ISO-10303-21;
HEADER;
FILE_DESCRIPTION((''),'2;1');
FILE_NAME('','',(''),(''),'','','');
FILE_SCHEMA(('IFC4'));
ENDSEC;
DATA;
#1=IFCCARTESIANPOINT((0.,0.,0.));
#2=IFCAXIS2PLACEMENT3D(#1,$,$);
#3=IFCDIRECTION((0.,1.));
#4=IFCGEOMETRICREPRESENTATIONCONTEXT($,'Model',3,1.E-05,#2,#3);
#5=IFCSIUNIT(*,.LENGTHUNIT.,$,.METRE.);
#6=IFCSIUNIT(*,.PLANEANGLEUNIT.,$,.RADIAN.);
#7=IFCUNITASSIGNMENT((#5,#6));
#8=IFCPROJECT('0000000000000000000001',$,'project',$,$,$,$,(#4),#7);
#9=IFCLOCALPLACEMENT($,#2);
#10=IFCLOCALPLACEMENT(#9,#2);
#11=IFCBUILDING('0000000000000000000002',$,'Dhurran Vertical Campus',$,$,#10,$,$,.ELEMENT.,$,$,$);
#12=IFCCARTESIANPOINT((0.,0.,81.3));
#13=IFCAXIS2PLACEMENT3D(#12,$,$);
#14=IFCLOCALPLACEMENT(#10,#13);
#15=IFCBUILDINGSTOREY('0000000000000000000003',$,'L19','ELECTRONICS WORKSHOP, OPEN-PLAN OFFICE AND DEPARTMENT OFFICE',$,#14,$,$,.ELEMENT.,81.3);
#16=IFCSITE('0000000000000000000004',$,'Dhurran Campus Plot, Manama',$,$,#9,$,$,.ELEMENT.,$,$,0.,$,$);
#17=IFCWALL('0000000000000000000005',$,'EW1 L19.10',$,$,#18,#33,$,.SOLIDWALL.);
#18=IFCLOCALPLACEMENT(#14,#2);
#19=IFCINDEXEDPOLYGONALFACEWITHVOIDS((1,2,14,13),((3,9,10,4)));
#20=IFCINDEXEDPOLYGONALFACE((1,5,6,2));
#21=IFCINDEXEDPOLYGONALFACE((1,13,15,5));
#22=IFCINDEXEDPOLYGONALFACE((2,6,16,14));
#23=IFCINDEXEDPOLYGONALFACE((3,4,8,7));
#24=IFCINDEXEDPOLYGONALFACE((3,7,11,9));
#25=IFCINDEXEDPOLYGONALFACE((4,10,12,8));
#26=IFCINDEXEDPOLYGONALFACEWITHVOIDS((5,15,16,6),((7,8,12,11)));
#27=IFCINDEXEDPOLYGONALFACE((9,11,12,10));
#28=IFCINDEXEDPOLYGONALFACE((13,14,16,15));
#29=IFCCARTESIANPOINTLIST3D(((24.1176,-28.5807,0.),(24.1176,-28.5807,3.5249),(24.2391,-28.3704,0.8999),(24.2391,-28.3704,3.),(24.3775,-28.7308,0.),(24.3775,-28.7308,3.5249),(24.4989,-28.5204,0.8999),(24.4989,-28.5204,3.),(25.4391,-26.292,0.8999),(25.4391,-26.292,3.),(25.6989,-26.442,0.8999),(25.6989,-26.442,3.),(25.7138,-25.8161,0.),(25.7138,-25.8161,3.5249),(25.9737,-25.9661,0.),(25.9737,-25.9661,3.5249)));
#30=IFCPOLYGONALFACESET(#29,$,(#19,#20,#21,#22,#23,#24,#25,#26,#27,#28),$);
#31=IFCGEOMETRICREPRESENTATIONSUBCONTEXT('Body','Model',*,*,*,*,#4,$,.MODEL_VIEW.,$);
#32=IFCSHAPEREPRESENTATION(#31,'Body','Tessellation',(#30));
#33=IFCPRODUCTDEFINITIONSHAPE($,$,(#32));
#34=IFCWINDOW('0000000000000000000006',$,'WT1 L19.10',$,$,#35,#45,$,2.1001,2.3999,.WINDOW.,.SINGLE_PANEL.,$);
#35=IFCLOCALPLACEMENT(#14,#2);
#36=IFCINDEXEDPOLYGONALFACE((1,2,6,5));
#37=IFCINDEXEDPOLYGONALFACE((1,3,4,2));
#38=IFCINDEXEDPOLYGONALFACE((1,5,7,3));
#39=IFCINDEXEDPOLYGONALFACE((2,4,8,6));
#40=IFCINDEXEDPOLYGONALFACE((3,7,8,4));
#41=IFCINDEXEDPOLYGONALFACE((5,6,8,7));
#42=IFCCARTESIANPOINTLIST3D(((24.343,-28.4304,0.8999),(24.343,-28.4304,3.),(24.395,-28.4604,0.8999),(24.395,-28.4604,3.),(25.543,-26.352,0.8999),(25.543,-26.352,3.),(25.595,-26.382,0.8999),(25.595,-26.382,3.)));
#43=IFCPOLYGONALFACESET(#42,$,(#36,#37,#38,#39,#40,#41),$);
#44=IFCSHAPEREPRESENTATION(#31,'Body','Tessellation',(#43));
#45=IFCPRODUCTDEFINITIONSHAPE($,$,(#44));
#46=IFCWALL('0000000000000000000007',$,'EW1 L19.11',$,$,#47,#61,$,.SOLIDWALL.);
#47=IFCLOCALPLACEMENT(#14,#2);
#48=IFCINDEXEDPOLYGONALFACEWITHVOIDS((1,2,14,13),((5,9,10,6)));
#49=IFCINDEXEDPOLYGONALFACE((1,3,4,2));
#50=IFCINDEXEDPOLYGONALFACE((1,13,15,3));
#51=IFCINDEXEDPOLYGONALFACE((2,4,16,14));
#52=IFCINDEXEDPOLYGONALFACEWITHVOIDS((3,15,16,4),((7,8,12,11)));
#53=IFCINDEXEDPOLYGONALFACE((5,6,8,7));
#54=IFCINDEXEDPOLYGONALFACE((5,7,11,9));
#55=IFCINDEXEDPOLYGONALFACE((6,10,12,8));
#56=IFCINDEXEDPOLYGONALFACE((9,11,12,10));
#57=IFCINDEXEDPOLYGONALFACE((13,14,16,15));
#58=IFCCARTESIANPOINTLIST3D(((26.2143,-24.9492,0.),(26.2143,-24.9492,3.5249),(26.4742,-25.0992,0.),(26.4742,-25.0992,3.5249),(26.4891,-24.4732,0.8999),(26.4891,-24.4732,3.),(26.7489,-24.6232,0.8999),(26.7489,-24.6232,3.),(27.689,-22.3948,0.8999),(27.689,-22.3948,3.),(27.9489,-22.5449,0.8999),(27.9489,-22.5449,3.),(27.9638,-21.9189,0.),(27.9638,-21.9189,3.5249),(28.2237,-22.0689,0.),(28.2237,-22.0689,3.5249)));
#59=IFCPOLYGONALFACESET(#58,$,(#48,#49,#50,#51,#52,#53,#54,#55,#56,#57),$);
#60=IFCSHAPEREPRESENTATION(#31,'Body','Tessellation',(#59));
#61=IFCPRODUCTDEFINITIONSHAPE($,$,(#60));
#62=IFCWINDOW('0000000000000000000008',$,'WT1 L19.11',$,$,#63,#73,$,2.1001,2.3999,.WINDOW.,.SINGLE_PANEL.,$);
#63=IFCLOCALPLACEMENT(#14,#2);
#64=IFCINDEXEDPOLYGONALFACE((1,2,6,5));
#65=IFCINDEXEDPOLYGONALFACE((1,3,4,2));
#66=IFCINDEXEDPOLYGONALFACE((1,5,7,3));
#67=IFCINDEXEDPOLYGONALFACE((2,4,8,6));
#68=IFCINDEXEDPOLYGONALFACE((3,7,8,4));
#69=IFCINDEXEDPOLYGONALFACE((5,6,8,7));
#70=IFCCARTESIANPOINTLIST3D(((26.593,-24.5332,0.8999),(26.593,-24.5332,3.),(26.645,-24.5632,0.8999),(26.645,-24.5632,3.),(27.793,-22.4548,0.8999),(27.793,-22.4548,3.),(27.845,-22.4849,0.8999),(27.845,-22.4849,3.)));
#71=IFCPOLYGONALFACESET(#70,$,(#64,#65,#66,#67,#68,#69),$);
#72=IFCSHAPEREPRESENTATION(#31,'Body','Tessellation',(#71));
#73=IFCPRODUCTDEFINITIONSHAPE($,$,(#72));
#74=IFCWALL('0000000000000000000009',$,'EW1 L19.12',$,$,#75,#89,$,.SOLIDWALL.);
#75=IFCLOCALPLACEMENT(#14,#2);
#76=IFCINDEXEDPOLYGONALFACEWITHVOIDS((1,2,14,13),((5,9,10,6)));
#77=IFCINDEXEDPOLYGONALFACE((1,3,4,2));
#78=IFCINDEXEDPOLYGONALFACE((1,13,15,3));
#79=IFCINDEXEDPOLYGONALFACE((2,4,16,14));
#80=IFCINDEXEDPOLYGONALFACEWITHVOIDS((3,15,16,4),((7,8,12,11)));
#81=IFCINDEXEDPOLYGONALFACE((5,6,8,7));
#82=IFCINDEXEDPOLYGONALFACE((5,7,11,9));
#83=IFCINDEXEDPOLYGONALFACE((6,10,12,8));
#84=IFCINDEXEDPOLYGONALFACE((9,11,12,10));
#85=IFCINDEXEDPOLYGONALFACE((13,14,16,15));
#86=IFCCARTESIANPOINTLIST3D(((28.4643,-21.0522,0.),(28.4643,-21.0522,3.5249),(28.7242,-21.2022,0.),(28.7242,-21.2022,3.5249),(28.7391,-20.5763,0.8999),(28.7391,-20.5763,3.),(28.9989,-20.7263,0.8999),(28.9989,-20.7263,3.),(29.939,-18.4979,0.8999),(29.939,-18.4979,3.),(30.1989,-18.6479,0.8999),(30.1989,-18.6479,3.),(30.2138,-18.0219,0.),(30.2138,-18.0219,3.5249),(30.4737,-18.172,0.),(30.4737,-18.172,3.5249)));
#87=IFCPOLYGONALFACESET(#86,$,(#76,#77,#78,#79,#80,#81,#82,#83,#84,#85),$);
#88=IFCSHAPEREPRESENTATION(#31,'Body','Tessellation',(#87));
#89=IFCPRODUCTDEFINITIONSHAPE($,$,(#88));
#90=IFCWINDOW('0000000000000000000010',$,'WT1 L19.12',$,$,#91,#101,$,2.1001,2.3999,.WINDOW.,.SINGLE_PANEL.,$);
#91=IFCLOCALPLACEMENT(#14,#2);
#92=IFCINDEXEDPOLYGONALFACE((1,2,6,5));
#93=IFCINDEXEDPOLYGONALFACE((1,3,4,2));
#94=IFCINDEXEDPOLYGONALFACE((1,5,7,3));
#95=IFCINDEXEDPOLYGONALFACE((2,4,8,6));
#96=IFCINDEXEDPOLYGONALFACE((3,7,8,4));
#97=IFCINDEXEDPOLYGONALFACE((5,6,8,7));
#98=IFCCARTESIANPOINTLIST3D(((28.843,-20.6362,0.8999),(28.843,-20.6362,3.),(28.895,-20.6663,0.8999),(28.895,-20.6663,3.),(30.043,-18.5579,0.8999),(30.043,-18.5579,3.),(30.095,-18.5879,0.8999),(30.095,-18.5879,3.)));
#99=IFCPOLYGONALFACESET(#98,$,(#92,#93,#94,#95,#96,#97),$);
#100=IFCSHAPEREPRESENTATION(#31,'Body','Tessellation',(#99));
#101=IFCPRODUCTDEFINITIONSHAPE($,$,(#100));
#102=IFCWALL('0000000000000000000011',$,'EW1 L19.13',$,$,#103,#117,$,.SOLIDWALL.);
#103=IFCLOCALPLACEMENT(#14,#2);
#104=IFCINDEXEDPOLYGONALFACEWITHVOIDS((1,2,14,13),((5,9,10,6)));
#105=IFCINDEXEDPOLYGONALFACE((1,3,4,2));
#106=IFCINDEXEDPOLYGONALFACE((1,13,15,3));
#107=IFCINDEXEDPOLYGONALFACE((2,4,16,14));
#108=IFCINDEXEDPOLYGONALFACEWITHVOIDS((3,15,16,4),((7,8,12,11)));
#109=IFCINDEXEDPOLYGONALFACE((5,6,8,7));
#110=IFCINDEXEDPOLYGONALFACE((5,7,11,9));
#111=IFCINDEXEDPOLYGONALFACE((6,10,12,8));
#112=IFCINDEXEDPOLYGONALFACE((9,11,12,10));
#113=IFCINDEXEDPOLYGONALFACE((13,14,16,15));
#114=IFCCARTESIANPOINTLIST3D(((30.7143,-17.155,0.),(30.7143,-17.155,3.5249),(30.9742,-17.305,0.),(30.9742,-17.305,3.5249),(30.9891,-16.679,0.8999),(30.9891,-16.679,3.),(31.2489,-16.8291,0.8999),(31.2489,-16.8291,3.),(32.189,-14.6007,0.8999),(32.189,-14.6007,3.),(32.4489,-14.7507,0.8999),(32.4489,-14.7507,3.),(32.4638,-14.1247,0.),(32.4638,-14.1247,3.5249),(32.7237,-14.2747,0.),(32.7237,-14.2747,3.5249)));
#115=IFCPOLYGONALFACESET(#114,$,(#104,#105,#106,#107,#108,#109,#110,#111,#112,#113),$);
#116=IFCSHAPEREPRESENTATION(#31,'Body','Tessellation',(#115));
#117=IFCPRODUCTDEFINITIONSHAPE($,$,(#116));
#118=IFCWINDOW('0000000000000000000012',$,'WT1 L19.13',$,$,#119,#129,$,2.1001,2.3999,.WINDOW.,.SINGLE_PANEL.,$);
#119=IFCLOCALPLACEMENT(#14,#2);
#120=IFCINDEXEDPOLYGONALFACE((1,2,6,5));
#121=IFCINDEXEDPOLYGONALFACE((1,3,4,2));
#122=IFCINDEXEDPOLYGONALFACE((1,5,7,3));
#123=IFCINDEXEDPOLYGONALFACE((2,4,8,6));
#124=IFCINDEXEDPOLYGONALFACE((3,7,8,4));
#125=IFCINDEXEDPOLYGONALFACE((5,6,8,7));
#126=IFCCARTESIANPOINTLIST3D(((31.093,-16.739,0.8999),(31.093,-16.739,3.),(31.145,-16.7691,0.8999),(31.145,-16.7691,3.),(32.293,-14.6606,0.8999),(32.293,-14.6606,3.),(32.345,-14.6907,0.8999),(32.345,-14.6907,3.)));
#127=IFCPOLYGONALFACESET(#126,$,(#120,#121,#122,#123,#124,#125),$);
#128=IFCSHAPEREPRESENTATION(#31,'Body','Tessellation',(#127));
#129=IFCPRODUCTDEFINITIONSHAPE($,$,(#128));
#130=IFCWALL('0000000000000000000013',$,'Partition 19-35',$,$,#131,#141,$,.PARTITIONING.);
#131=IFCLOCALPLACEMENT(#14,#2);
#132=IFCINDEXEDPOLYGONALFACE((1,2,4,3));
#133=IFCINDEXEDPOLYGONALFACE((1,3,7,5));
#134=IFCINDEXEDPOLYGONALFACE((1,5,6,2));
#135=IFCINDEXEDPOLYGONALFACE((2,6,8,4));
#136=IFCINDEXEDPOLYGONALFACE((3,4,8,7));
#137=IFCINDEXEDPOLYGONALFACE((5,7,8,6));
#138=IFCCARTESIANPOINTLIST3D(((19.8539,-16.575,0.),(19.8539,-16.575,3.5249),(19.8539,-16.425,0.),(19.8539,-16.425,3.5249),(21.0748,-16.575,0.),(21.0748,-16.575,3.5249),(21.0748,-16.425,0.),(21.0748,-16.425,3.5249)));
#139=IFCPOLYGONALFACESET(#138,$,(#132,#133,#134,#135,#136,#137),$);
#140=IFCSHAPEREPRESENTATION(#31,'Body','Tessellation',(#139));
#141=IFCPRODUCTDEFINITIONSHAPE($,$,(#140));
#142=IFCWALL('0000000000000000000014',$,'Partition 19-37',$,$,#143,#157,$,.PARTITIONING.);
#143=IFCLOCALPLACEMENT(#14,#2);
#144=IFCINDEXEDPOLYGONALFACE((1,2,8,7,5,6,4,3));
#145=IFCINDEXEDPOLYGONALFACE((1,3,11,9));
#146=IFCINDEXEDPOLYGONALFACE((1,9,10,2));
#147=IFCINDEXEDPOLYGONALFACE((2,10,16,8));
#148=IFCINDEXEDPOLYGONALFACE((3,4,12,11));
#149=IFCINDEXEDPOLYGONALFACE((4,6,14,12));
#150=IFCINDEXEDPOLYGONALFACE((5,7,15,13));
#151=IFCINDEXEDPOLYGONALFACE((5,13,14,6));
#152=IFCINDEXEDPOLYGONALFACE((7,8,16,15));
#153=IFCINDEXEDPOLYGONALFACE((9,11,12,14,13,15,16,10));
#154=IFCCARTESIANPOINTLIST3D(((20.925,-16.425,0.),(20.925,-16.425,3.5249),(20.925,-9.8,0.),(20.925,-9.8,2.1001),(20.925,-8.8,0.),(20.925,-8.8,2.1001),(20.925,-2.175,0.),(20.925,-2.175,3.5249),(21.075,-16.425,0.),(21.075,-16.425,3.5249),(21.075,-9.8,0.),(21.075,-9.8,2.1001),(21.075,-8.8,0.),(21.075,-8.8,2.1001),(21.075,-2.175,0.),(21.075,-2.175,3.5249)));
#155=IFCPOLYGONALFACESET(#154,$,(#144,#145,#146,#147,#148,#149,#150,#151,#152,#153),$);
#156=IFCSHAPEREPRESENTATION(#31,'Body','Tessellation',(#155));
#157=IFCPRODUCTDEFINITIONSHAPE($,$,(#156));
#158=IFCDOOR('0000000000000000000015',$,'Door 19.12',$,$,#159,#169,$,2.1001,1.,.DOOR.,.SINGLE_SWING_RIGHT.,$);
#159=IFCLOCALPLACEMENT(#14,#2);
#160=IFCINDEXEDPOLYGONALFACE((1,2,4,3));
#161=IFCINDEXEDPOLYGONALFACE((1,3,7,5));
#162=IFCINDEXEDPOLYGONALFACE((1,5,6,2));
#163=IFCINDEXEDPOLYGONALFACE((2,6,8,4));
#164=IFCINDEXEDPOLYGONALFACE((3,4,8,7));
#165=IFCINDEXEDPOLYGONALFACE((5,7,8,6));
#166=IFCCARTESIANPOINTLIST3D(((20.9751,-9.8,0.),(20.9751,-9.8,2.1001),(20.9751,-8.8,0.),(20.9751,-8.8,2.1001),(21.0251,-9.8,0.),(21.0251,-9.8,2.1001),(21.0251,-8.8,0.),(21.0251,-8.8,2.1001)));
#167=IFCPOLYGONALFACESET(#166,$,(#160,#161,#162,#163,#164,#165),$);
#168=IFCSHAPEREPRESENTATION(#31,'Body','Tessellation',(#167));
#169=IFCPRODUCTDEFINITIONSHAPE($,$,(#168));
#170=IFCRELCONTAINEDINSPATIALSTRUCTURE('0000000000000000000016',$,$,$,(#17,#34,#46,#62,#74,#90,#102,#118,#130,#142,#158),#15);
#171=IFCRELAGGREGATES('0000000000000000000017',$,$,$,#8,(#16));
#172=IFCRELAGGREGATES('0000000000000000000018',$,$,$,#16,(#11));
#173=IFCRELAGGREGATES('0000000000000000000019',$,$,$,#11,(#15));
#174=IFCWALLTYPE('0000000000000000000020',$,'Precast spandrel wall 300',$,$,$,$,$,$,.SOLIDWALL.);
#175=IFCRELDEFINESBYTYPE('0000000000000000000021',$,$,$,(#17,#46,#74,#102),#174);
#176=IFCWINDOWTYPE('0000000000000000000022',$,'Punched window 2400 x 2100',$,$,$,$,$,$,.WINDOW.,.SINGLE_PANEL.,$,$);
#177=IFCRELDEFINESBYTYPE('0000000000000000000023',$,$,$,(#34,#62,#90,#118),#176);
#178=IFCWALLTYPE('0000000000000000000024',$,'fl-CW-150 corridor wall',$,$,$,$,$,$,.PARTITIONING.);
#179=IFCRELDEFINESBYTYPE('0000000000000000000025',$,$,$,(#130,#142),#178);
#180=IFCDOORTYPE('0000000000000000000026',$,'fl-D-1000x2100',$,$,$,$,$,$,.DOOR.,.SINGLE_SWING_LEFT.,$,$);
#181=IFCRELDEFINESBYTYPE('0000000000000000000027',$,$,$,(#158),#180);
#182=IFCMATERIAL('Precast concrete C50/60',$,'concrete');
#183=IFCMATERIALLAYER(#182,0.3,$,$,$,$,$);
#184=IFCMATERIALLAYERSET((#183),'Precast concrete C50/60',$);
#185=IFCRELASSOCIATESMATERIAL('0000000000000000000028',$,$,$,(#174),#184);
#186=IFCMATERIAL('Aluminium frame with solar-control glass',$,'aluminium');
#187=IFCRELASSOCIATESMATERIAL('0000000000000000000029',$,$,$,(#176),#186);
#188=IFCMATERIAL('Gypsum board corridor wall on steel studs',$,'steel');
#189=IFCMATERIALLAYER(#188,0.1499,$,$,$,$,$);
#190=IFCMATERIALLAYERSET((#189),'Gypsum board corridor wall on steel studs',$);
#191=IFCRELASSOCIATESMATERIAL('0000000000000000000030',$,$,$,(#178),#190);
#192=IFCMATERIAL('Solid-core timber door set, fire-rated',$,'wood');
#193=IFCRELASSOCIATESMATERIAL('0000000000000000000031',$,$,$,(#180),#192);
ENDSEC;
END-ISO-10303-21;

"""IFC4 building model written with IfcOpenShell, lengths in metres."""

from ifc_helpers import new_model, si_unit, direction, frame, frame_2d, origin, place, context, subcontext, project, spatial, rectangle, extrude, material, layer, layer_set, type_object, element, fill, save


model = new_model("IFC4")

# Units and contexts
model_context = context("Model", 3, precision=1e-05, world=origin(), true_north=direction((0.0, 1.0)))
body_context = subcontext(model_context, "Body", "Model", "MODEL_VIEW")
ifc_project = project(units=[si_unit("LENGTHUNIT", "METRE"), si_unit("PLANEANGLEUNIT", "RADIAN")], contexts=[model_context])

# Site, building, storey
site_placement = place(None, origin())
site = spatial("IfcSite", under=ifc_project, at=site_placement, Name="Dhurran Campus Plot, Manama", CompositionType="ELEMENT", RefElevation=0.0)
building_placement = place(site_placement, origin())
building = spatial("IfcBuilding", under=site, at=building_placement, Name="Dhurran Vertical Campus", CompositionType="ELEMENT")
storey_placement = place(building_placement, frame((0.0, 0.0, 81.3)))
storey = spatial("IfcBuildingStorey", under=building, at=storey_placement, Name="L19", Description="ELECTRONICS WORKSHOP, OPEN-PLAN OFFICE AND DEPARTMENT OFFICE", CompositionType="ELEMENT", Elevation=81.3)

# Walls, openings, windows
ifc_material_1 = material(Name="Precast concrete C50/60", Category="concrete")
ifc_layer_1 = layer(ifc_material_1, 0.3)
ifc_layer_set_1 = layer_set([ifc_layer_1], Name="Precast concrete C50/60")
wall_type_1 = type_object("IfcWallType", Name="Precast spandrel wall 300", PredefinedType="SOLIDWALL", material=ifc_layer_set_1)
ifc_material_2 = material(Name="Aluminium frame with solar-control glass", Category="aluminium")
window_type = type_object("IfcWindowType", Name="Punched window 2400 x 2100", PartitioningType="SINGLE_PANEL", PredefinedType="WINDOW", material=ifc_material_2)
wall_1_placement = place(storey_placement, frame((24.2476, -28.6558, 0.0), z_axis=(0.0, 0.0, 1.0), x_axis=(0.500005, 0.866023, 0.0)))
wall_1 = element("IfcWall", 1, at=wall_1_placement, inside=storey, type_object=wall_type_1, Name="EW1 L19.10", PredefinedType="SOLIDWALL", context=body_context, shape_type="SweptSolid", body=[
    extrude(rectangle(XDim=3.1924, YDim=0.3, at=frame_2d((1.5962, 0.0))), origin(), (0.0, 0.0, 1.0), 3.5249),
])
opening_1_placement = place(wall_1_placement, frame((0.2429, 0.0, 0.8999)))
opening_1 = element("IfcOpeningElement", 2, at=opening_1_placement, cuts=wall_1, PredefinedType="OPENING", context=body_context, shape_type="SweptSolid", body=[
    extrude(rectangle(XDim=2.3999, YDim=2.1001, at=frame_2d((1.2, 1.05))), frame((0.0, 0.1599, 0.0), z_axis=(0.0, -1.0, 0.0), x_axis=(1.0, 0.0, 0.0)), (0.0, 0.0, 1.0), 0.3201),
])
window_1_placement = place(opening_1_placement, origin())
window_1 = element("IfcWindow", 3, at=window_1_placement, inside=storey, type_object=window_type, Name="WT1 L19.10", OverallHeight=2.1001, OverallWidth=2.3999, PartitioningType="SINGLE_PANEL", PredefinedType="WINDOW", context=body_context, shape_type="SweptSolid", body=[
    extrude(rectangle(XDim=2.3999, YDim=2.1001, at=frame_2d((1.2, 1.05))), frame((0.0, 0.03, 0.0), z_axis=(0.0, -1.0, 0.0), x_axis=(1.0, 0.0, 0.0)), (0.0, 0.0, 1.0), 0.0601),
])
fill(opening_1, window_1)
wall_2_placement = place(storey_placement, frame((26.3442, -25.0242, 0.0), z_axis=(0.0, 0.0, 1.0), x_axis=(0.499996, 0.866028, 0.0)))
wall_2 = element("IfcWall", 4, at=wall_2_placement, inside=storey, type_object=wall_type_1, Name="EW1 L19.11", PredefinedType="SOLIDWALL", context=body_context, shape_type="SweptSolid", body=[
    extrude(rectangle(XDim=3.499, YDim=0.3, at=frame_2d((1.7495, 0.0))), origin(), (0.0, 0.0, 1.0), 3.5249),
])
opening_2_placement = place(wall_2_placement, frame((0.5496, 0.0, 0.8999)))
opening_2 = element("IfcOpeningElement", 5, at=opening_2_placement, cuts=wall_2, PredefinedType="OPENING", context=body_context, shape_type="SweptSolid", body=[
    extrude(rectangle(XDim=2.3999, YDim=2.1001, at=frame_2d((1.2, 1.05))), frame((0.0, 0.1599, 0.0), z_axis=(0.0, -1.0, 0.0), x_axis=(1.0, 0.0, 0.0)), (0.0, 0.0, 1.0), 0.3201),
])
window_2_placement = place(opening_2_placement, origin())
window_2 = element("IfcWindow", 6, at=window_2_placement, inside=storey, type_object=window_type, Name="WT1 L19.11", OverallHeight=2.1001, OverallWidth=2.3999, PartitioningType="SINGLE_PANEL", PredefinedType="WINDOW", context=body_context, shape_type="SweptSolid", body=[
    extrude(rectangle(XDim=2.3999, YDim=2.1001, at=frame_2d((1.2, 1.05))), frame((0.0, 0.03, 0.0), z_axis=(0.0, -1.0, 0.0), x_axis=(1.0, 0.0, 0.0)), (0.0, 0.0, 1.0), 0.0601),
])
fill(opening_2, window_2)
wall_3_placement = place(storey_placement, frame((28.5942, -21.1272, 0.0), z_axis=(0.0, 0.0, 1.0), x_axis=(0.499996, 0.866028, 0.0)))
wall_3 = element("IfcWall", 7, at=wall_3_placement, inside=storey, type_object=wall_type_1, Name="EW1 L19.12", PredefinedType="SOLIDWALL", context=body_context, shape_type="SweptSolid", body=[
    extrude(rectangle(XDim=3.499, YDim=0.3, at=frame_2d((1.7495, 0.0))), origin(), (0.0, 0.0, 1.0), 3.5249),
])
opening_3_placement = place(wall_3_placement, frame((0.5496, 0.0, 0.8999)))
opening_3 = element("IfcOpeningElement", 8, at=opening_3_placement, cuts=wall_3, PredefinedType="OPENING", context=body_context, shape_type="SweptSolid", body=[
    extrude(rectangle(XDim=2.3999, YDim=2.1001, at=frame_2d((1.2, 1.05))), frame((0.0, 0.1599, 0.0), z_axis=(0.0, -1.0, 0.0), x_axis=(1.0, 0.0, 0.0)), (0.0, 0.0, 1.0), 0.3201),
])
window_3_placement = place(opening_3_placement, origin())
window_3 = element("IfcWindow", 9, at=window_3_placement, inside=storey, type_object=window_type, Name="WT1 L19.12", OverallHeight=2.1001, OverallWidth=2.3999, PartitioningType="SINGLE_PANEL", PredefinedType="WINDOW", context=body_context, shape_type="SweptSolid", body=[
    extrude(rectangle(XDim=2.3999, YDim=2.1001, at=frame_2d((1.2, 1.05))), frame((0.0, 0.03, 0.0), z_axis=(0.0, -1.0, 0.0), x_axis=(1.0, 0.0, 0.0)), (0.0, 0.0, 1.0), 0.0601),
])
fill(opening_3, window_3)
wall_4_placement = place(storey_placement, frame((30.8442, -17.23, 0.0), z_axis=(0.0, 0.0, 1.0), x_axis=(0.499996, 0.866028, 0.0)))
wall_4 = element("IfcWall", 10, at=wall_4_placement, inside=storey, type_object=wall_type_1, Name="EW1 L19.13", PredefinedType="SOLIDWALL", context=body_context, shape_type="SweptSolid", body=[
    extrude(rectangle(XDim=3.499, YDim=0.3, at=frame_2d((1.7495, 0.0))), origin(), (0.0, 0.0, 1.0), 3.5249),
])
opening_4_placement = place(wall_4_placement, frame((0.5496, 0.0, 0.8999)))
opening_4 = element("IfcOpeningElement", 11, at=opening_4_placement, cuts=wall_4, PredefinedType="OPENING", context=body_context, shape_type="SweptSolid", body=[
    extrude(rectangle(XDim=2.3999, YDim=2.1001, at=frame_2d((1.2, 1.05))), frame((0.0, 0.1599, 0.0), z_axis=(0.0, -1.0, 0.0), x_axis=(1.0, 0.0, 0.0)), (0.0, 0.0, 1.0), 0.3201),
])
window_4_placement = place(opening_4_placement, origin())
window_4 = element("IfcWindow", 12, at=window_4_placement, inside=storey, type_object=window_type, Name="WT1 L19.13", OverallHeight=2.1001, OverallWidth=2.3999, PartitioningType="SINGLE_PANEL", PredefinedType="WINDOW", context=body_context, shape_type="SweptSolid", body=[
    extrude(rectangle(XDim=2.3999, YDim=2.1001, at=frame_2d((1.2, 1.05))), frame((0.0, 0.03, 0.0), z_axis=(0.0, -1.0, 0.0), x_axis=(1.0, 0.0, 0.0)), (0.0, 0.0, 1.0), 0.0601),
])
fill(opening_4, window_4)

# Wall
ifc_material_3 = material(Name="Gypsum board corridor wall on steel studs", Category="steel")
ifc_layer_2 = layer(ifc_material_3, 0.1499)
ifc_layer_set_2 = layer_set([ifc_layer_2], Name="Gypsum board corridor wall on steel studs")
wall_type_2 = type_object("IfcWallType", Name="fl-CW-150 corridor wall", PredefinedType="PARTITIONING", material=ifc_layer_set_2)
wall_5_placement = place(storey_placement, frame((19.854, -16.5, 0.0), z_axis=(0.0, 0.0, 1.0), x_axis=(1.0, 0.0, 0.0)))
element("IfcWall", 13, at=wall_5_placement, inside=storey, type_object=wall_type_2, Name="Partition 19-35", PredefinedType="PARTITIONING", context=body_context, shape_type="SweptSolid", body=[
    extrude(rectangle(XDim=1.2209, YDim=0.1499, at=frame_2d((0.6104, 0.0))), origin(), (0.0, 0.0, 1.0), 3.5249),
])

# Wall, opening, door
wall_6_placement = place(storey_placement, frame((21.0, -16.425, 0.0), z_axis=(0.0, 0.0, 1.0), x_axis=(0.0, 1.0, 0.0)))
wall_6 = element("IfcWall", 14, at=wall_6_placement, inside=storey, type_object=wall_type_2, Name="Partition 19-37", PredefinedType="PARTITIONING", context=body_context, shape_type="SweptSolid", body=[
    extrude(rectangle(XDim=14.25, YDim=0.1499, at=frame_2d((7.125, 0.0))), origin(), (0.0, 0.0, 1.0), 3.5249),
])
opening_5_placement = place(wall_6_placement, frame((6.625, 0.0, 0.0)))
opening_5 = element("IfcOpeningElement", 15, at=opening_5_placement, cuts=wall_6, PredefinedType="OPENING", context=body_context, shape_type="SweptSolid", body=[
    extrude(rectangle(XDim=1.0, YDim=2.1001, at=frame_2d((0.5, 1.05))), frame((0.0, 0.085, 0.0), z_axis=(0.0, -1.0, 0.0), x_axis=(1.0, 0.0, 0.0)), (0.0, 0.0, 1.0), 0.1699),
])
ifc_material_4 = material(Name="Solid-core timber door set, fire-rated", Category="wood")
door_type = type_object("IfcDoorType", Name="fl-D-1000x2100", OperationType="SINGLE_SWING_LEFT", PredefinedType="DOOR", material=ifc_material_4)
door_placement = place(opening_5_placement, origin())
door = element("IfcDoor", 16, at=door_placement, inside=storey, type_object=door_type, Name="Door 19.12", OperationType="SINGLE_SWING_RIGHT", OverallHeight=2.1001, OverallWidth=1.0, PredefinedType="DOOR", context=body_context, shape_type="SweptSolid", body=[
    extrude(rectangle(XDim=1.0, YDim=2.1001, at=frame_2d((0.5, 1.05))), frame((0.0, 0.0249, 0.0), z_axis=(0.0, -1.0, 0.0), x_axis=(1.0, 0.0, 0.0)), (0.0, 0.0, 1.0), 0.05),
])
fill(opening_5, door)

save(model, "model.ifc")
